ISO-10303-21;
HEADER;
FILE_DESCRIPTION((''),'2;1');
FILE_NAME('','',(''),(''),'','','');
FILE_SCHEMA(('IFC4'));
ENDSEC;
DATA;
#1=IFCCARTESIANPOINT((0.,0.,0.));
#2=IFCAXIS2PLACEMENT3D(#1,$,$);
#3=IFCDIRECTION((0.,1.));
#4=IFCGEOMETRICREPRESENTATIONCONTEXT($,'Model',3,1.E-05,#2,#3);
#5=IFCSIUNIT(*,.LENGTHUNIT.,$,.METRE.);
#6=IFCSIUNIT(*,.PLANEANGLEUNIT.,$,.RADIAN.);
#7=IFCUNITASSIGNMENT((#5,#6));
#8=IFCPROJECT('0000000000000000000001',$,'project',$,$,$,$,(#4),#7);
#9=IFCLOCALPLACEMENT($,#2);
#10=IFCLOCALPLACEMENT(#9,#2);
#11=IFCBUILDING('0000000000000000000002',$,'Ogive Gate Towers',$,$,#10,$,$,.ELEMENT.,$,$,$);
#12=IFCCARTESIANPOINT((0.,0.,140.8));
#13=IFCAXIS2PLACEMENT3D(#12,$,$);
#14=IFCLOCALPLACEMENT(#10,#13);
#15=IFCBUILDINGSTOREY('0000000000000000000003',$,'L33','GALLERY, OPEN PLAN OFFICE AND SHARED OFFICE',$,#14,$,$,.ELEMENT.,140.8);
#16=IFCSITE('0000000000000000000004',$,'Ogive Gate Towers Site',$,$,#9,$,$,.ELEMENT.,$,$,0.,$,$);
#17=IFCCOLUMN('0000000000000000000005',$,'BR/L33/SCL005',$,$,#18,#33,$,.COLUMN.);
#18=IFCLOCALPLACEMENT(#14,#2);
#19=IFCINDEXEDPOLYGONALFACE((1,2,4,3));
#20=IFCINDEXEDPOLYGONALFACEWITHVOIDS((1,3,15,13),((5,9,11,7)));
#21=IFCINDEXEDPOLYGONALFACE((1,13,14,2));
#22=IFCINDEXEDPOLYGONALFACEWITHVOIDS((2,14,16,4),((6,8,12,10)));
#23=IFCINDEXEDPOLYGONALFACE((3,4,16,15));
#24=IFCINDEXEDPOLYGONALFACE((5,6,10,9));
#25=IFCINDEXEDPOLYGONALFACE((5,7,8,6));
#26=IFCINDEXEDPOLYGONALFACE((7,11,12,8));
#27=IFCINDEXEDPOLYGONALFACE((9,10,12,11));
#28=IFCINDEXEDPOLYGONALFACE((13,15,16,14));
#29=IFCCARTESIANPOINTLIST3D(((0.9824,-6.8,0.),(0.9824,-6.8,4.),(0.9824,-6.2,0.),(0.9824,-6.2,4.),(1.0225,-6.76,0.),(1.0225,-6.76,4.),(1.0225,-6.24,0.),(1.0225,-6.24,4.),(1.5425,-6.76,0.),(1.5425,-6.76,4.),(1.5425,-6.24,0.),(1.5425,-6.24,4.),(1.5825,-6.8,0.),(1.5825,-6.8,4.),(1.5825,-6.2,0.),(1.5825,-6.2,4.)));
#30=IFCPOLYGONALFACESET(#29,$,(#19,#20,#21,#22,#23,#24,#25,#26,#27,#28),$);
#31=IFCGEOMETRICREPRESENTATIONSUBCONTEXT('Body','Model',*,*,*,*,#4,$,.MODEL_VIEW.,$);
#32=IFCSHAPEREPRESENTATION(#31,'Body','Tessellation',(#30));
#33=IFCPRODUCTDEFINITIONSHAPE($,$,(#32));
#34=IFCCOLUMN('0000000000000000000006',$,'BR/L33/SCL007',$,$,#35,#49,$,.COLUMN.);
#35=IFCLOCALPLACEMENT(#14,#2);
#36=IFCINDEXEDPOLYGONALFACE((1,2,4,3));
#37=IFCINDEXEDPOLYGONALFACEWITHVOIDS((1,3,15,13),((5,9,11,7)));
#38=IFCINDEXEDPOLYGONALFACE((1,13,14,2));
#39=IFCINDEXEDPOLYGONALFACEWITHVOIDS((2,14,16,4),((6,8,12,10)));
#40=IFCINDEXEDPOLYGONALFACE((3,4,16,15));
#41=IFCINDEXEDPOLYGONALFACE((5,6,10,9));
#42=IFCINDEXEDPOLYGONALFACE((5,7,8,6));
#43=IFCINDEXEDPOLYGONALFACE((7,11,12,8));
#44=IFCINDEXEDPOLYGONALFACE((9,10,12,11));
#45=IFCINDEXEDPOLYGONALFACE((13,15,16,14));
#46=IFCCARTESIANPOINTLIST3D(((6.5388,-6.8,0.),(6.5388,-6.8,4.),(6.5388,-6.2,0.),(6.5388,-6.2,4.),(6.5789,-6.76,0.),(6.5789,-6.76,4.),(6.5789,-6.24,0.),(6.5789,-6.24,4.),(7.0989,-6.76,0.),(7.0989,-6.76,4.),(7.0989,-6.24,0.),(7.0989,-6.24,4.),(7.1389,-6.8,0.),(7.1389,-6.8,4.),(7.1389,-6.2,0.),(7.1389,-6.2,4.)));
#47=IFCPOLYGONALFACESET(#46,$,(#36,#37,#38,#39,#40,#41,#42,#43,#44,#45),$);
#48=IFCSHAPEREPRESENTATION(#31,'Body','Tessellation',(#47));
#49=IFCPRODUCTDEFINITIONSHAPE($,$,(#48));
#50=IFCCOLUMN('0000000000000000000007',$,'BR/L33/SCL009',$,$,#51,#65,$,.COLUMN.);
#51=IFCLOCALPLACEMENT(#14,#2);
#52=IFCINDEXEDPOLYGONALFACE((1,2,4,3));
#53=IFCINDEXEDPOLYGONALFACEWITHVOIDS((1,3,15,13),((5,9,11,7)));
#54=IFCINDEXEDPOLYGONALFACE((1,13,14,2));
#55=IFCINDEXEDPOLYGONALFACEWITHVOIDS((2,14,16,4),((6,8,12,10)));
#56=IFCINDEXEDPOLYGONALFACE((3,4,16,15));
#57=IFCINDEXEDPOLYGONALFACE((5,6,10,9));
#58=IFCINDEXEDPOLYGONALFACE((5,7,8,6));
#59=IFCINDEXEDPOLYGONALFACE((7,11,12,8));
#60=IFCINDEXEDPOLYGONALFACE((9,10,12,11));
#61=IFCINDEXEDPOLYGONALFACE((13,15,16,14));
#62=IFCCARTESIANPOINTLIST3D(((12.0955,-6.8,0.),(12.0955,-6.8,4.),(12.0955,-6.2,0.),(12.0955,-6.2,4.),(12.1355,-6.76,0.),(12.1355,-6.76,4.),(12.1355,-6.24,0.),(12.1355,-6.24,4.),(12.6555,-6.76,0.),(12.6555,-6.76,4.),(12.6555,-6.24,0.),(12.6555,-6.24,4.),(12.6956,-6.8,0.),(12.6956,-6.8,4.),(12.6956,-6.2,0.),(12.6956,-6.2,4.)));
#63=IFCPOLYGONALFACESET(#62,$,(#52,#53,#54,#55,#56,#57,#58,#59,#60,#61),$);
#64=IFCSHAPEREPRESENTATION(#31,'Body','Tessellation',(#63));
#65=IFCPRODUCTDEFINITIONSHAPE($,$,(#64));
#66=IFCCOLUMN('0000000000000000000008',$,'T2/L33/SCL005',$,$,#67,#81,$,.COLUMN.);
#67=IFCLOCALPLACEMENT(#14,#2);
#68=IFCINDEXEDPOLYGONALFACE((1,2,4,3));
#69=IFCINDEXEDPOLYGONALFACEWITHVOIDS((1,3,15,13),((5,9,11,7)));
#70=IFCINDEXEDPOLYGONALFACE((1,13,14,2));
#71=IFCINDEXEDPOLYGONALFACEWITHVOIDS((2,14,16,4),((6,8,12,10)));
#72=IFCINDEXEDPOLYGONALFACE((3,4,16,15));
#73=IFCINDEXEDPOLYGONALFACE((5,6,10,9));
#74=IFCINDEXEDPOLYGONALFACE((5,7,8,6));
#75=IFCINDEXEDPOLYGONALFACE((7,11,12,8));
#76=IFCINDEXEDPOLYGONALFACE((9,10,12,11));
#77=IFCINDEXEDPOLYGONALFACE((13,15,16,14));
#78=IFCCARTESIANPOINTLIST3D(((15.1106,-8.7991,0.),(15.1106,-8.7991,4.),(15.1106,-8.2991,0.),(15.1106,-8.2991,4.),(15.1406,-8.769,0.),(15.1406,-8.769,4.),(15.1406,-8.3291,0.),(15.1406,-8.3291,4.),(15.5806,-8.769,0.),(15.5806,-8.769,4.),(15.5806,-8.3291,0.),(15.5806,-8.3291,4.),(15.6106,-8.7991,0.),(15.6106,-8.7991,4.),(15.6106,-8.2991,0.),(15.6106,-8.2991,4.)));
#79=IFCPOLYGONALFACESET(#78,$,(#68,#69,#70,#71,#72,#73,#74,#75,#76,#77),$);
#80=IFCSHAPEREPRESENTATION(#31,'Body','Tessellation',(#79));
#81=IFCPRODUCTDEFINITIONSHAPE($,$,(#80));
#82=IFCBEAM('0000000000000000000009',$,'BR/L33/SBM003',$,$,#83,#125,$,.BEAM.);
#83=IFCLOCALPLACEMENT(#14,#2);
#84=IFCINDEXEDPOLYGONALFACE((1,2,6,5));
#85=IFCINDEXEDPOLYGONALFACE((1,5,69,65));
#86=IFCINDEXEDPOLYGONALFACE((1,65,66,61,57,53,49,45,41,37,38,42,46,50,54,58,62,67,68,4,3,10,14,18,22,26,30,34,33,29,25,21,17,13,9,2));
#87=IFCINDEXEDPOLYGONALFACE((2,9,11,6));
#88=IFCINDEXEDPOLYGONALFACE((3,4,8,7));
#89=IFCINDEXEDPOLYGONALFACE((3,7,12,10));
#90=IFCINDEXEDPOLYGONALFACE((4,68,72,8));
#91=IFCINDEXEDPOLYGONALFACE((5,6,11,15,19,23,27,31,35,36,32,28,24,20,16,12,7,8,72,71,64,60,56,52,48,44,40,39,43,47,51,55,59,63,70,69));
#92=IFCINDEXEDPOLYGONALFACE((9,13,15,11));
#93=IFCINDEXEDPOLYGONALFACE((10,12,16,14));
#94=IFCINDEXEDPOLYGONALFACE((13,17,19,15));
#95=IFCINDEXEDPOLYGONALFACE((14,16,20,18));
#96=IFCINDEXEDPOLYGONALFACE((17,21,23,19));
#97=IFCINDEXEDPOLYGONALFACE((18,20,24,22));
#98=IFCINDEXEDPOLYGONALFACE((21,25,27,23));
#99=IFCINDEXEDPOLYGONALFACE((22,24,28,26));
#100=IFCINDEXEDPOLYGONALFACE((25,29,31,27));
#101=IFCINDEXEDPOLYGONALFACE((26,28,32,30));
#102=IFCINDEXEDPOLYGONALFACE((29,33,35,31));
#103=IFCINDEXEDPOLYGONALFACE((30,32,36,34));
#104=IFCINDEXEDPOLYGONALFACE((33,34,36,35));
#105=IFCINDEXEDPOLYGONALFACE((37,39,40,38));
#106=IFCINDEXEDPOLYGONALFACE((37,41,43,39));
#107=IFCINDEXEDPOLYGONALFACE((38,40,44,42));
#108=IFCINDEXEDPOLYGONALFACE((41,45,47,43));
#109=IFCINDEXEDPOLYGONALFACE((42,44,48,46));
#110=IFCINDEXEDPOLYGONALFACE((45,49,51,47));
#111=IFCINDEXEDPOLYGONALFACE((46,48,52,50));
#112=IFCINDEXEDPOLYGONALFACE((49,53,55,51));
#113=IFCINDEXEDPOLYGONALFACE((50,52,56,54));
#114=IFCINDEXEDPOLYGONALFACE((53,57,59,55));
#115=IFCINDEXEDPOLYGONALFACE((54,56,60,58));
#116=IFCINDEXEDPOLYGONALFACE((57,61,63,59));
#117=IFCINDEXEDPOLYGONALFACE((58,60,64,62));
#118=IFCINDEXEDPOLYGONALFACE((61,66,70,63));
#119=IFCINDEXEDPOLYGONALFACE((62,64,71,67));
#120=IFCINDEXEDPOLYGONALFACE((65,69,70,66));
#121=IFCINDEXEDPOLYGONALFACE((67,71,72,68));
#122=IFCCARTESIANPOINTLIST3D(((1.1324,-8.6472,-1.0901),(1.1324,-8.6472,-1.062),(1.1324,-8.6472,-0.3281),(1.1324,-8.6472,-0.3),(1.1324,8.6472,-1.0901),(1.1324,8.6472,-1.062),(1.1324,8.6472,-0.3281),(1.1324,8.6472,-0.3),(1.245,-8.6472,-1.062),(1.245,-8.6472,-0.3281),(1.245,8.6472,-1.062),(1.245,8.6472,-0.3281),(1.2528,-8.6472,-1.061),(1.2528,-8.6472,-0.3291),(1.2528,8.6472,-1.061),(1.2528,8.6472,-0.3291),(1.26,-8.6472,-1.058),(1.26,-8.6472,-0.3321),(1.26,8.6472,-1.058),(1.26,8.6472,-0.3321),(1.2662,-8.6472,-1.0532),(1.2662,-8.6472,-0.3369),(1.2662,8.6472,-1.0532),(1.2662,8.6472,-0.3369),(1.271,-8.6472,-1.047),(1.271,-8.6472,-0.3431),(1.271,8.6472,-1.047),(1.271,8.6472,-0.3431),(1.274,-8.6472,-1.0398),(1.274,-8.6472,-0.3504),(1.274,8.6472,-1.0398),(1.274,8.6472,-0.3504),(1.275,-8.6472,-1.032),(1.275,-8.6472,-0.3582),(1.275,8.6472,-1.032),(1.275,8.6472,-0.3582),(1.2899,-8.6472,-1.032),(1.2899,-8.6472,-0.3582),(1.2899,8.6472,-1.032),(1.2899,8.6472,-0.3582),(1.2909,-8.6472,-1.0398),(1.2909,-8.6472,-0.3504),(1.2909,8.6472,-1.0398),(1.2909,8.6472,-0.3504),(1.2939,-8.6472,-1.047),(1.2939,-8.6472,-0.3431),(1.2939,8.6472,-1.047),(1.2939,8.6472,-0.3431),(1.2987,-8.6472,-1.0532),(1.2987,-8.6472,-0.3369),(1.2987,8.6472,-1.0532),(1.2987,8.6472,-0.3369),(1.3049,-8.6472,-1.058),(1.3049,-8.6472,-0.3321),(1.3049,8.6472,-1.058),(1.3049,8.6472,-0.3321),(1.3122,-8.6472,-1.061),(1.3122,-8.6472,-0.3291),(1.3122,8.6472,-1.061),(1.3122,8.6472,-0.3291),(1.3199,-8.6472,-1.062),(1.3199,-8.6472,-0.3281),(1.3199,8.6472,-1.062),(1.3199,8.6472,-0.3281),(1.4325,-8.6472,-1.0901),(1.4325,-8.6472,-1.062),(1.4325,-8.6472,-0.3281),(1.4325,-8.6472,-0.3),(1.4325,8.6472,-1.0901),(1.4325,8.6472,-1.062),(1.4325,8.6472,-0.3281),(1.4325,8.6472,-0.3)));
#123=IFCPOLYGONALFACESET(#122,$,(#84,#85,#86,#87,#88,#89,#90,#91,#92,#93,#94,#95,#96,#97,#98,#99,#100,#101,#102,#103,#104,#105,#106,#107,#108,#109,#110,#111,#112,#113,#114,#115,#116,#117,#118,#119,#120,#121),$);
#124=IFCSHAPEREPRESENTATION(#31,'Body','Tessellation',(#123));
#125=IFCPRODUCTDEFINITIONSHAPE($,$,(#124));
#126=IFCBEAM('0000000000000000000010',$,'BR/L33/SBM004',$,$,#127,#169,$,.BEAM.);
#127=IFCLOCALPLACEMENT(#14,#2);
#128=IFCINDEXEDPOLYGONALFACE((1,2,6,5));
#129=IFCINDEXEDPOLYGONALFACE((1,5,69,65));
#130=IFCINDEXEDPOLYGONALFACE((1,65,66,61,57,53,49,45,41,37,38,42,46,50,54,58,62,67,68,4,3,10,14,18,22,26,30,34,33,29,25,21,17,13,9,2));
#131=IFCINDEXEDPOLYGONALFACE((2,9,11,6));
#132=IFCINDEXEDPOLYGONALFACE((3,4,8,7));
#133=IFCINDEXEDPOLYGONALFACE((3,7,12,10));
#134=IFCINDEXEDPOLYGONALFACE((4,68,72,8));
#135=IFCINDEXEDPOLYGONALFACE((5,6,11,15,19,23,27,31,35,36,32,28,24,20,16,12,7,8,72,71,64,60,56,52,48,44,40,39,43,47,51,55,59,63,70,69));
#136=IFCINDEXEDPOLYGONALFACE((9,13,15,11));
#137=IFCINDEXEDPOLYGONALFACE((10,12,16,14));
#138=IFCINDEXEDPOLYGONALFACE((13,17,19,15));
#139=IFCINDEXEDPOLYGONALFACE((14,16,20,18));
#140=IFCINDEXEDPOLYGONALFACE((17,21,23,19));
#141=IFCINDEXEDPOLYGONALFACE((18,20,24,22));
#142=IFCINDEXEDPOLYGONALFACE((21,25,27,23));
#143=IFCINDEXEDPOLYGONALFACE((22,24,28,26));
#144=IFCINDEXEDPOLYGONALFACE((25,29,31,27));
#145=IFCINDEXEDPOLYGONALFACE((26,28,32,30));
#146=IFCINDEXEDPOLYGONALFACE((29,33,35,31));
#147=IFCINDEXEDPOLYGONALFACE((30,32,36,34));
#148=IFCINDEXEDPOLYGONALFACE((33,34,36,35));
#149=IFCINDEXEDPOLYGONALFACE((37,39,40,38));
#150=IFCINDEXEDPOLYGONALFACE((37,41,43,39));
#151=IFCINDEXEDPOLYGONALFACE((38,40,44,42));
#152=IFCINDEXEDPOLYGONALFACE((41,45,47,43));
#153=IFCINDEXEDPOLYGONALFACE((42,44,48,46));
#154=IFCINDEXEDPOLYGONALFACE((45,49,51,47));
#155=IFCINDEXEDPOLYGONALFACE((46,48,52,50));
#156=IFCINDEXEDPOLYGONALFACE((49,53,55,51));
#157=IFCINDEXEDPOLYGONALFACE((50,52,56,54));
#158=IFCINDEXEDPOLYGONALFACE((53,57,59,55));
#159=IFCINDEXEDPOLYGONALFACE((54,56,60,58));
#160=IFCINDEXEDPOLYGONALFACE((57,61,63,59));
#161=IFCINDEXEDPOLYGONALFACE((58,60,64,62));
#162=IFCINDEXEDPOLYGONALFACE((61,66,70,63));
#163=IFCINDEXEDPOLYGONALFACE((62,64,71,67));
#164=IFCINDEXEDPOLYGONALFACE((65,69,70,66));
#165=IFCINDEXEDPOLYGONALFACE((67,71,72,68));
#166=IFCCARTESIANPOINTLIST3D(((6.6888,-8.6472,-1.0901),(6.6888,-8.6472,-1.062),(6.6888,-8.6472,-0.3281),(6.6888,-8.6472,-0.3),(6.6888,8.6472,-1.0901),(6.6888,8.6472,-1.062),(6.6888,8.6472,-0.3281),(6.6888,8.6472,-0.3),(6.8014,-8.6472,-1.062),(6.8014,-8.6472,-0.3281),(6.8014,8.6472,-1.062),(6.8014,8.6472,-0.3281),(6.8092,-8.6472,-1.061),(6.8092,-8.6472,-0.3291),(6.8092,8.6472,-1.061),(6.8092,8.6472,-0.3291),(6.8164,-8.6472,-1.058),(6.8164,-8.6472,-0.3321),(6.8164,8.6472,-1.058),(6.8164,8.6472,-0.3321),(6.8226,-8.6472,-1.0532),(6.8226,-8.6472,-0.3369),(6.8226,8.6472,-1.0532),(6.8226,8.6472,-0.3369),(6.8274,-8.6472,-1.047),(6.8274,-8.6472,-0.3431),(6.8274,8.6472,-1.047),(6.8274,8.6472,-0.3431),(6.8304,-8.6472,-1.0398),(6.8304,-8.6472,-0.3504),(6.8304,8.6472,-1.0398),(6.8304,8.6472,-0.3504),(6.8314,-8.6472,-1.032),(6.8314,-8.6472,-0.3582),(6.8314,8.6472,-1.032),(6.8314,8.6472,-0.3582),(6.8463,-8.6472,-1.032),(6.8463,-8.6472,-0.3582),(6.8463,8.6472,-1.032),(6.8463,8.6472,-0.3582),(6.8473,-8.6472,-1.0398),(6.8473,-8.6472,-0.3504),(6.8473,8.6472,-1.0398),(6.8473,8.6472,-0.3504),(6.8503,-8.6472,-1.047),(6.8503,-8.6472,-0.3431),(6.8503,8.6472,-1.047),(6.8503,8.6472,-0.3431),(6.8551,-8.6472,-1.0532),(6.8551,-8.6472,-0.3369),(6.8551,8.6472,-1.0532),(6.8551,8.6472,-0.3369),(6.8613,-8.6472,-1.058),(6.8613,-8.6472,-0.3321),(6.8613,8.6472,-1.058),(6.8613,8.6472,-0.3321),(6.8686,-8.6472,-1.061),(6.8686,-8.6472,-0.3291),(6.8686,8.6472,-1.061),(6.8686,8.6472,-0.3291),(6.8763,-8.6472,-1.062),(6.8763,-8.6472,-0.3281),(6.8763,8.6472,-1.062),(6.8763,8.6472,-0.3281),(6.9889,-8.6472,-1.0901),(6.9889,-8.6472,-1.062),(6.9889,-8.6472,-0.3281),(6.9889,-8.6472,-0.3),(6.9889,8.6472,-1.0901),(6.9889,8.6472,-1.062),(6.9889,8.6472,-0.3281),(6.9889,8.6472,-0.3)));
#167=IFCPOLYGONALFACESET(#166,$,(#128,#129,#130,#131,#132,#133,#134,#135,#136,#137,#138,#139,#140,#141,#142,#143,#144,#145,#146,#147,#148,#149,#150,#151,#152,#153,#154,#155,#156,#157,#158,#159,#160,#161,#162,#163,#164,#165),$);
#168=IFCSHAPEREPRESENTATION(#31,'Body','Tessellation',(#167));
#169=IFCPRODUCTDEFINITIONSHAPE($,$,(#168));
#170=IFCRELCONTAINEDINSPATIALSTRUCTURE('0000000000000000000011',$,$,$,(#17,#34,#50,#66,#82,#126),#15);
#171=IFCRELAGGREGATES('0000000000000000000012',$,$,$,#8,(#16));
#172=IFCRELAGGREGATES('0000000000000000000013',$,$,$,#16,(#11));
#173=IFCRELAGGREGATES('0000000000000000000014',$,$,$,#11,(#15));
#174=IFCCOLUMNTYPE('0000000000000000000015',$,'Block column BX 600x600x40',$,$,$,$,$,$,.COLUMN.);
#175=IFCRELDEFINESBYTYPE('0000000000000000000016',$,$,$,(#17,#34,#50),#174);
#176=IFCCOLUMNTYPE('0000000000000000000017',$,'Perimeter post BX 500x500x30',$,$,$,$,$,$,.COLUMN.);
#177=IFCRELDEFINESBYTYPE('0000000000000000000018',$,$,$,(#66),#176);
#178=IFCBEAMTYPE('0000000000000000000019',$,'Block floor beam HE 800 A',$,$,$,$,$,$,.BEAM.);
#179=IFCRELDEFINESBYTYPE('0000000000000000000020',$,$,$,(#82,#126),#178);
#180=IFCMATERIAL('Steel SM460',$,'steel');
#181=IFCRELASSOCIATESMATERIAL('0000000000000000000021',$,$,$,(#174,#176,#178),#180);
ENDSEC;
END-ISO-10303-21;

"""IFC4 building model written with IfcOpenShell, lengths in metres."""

from ifc_helpers import new_model, si_unit, direction, frame, origin, origin_2d, place, context, subcontext, project, spatial, hollow_rectangle, i_section, extrude, material, material_profile, profile_set, type_object, element, save


model = new_model("IFC4")

# Units and contexts
model_context = context("Model", 3, precision=1e-05, world=origin(), true_north=direction((0.0, 1.0)))
body_context = subcontext(model_context, "Body", "Model", "MODEL_VIEW")
ifc_project = project(units=[si_unit("LENGTHUNIT", "METRE"), si_unit("PLANEANGLEUNIT", "RADIAN")], contexts=[model_context])

# Site, building, storey
site_placement = place(None, origin())
site = spatial("IfcSite", under=ifc_project, at=site_placement, Name="Ogive Gate Towers Site", CompositionType="ELEMENT", RefElevation=0.0)
building_placement = place(site_placement, origin())
building = spatial("IfcBuilding", under=site, at=building_placement, Name="Ogive Gate Towers", CompositionType="ELEMENT")
storey_placement = place(building_placement, frame((0.0, 0.0, 140.8)))
storey = spatial("IfcBuildingStorey", under=building, at=storey_placement, Name="L33", Description="GALLERY, OPEN PLAN OFFICE AND SHARED OFFICE", CompositionType="ELEMENT", Elevation=140.8)

# Columns
ifc_material_1 = material(Name="Steel SM460", Category="steel")
ifc_material_profile_1 = material_profile(ifc_material_1, hollow_rectangle(XDim=0.6001, YDim=0.6001, WallThickness=0.04, at=origin_2d()), Name="BX 600x600x40")
ifc_profile_set_1 = profile_set([ifc_material_profile_1], Name="Steel SM460")
column_type_1 = type_object("IfcColumnType", Name="Block column BX 600x600x40", PredefinedType="COLUMN", material=ifc_profile_set_1)
for number, where, z_axis, x_axis, name in (
    (1, (1.2825, -6.5, 0.0), (0.0, 0.0, 1.0), (1.0, 0.0, 0.0), "BR/L33/SCL005"),
    (2, (6.8389, -6.5, 0.0), (0.0, 0.0, 1.0), (1.0, 0.0, 0.0), "BR/L33/SCL007"),
    (3, (12.3955, -6.5, 0.0), (0.0, 0.0, 1.0), (1.0, 0.0, 0.0), "BR/L33/SCL009"),
):
    element("IfcColumn", number, at=place(storey_placement, frame(where, z_axis=z_axis, x_axis=x_axis)), inside=storey, type_object=column_type_1, Name=name, PredefinedType="COLUMN", context=body_context, shape_type="SweptSolid", body=[
        extrude(hollow_rectangle(XDim=0.6001, YDim=0.6001, WallThickness=0.04, at=origin_2d()), origin(), (0.0, 0.0, 1.0), 4.0),
    ])
ifc_material_profile_2 = material_profile(ifc_material_1, hollow_rectangle(XDim=0.5, YDim=0.5, WallThickness=0.03, at=origin_2d()), Name="BX 500x500x30")
ifc_profile_set_2 = profile_set([ifc_material_profile_2], Name="Steel SM460")
column_type_2 = type_object("IfcColumnType", Name="Perimeter post BX 500x500x30", PredefinedType="COLUMN", material=ifc_profile_set_2)
column_placement = place(storey_placement, frame((15.3606, -8.5491, 0.0), z_axis=(0.0, 0.0, 1.0), x_axis=(1.0, 0.0, 0.0)))
element("IfcColumn", 4, at=column_placement, inside=storey, type_object=column_type_2, Name="T2/L33/SCL005", PredefinedType="COLUMN", context=body_context, shape_type="SweptSolid", body=[
    extrude(hollow_rectangle(XDim=0.5, YDim=0.5, WallThickness=0.03, at=origin_2d()), origin(), (0.0, 0.0, 1.0), 4.0),
])

# Beams
ifc_material_profile_3 = material_profile(ifc_material_1, i_section(OverallWidth=0.3, OverallDepth=0.79, WebThickness=0.0149, FlangeThickness=0.0281, FilletRadius=0.03, at=origin_2d()), Name="HE 800 A")
ifc_profile_set_3 = profile_set([ifc_material_profile_3], Name="Steel SM460")
beam_type_1 = type_object("IfcBeamType", Name="Block floor beam HE 800 A", PredefinedType="BEAM", material=ifc_profile_set_3)
for number, where, z_axis, x_axis, name in (
    (5, (1.2825, -8.6472, -0.6951), (0.0, 1.0, 0.0), (-1.0, 0.0, 0.0), "BR/L33/SBM003"),
    (6, (6.8389, -8.6472, -0.6951), (0.0, 1.0, 0.0), (-1.0, 0.0, 0.0), "BR/L33/SBM004"),
):
    element("IfcBeam", number, at=place(storey_placement, frame(where, z_axis=z_axis, x_axis=x_axis)), inside=storey, type_object=beam_type_1, Name=name, PredefinedType="BEAM", context=body_context, shape_type="SweptSolid", body=[
        extrude(i_section(OverallWidth=0.3, OverallDepth=0.79, WebThickness=0.0149, FlangeThickness=0.0281, FilletRadius=0.03, at=origin_2d()), origin(), (0.0, 0.0, 1.0), 17.2944),
    ])

save(model, "model.ifc")
